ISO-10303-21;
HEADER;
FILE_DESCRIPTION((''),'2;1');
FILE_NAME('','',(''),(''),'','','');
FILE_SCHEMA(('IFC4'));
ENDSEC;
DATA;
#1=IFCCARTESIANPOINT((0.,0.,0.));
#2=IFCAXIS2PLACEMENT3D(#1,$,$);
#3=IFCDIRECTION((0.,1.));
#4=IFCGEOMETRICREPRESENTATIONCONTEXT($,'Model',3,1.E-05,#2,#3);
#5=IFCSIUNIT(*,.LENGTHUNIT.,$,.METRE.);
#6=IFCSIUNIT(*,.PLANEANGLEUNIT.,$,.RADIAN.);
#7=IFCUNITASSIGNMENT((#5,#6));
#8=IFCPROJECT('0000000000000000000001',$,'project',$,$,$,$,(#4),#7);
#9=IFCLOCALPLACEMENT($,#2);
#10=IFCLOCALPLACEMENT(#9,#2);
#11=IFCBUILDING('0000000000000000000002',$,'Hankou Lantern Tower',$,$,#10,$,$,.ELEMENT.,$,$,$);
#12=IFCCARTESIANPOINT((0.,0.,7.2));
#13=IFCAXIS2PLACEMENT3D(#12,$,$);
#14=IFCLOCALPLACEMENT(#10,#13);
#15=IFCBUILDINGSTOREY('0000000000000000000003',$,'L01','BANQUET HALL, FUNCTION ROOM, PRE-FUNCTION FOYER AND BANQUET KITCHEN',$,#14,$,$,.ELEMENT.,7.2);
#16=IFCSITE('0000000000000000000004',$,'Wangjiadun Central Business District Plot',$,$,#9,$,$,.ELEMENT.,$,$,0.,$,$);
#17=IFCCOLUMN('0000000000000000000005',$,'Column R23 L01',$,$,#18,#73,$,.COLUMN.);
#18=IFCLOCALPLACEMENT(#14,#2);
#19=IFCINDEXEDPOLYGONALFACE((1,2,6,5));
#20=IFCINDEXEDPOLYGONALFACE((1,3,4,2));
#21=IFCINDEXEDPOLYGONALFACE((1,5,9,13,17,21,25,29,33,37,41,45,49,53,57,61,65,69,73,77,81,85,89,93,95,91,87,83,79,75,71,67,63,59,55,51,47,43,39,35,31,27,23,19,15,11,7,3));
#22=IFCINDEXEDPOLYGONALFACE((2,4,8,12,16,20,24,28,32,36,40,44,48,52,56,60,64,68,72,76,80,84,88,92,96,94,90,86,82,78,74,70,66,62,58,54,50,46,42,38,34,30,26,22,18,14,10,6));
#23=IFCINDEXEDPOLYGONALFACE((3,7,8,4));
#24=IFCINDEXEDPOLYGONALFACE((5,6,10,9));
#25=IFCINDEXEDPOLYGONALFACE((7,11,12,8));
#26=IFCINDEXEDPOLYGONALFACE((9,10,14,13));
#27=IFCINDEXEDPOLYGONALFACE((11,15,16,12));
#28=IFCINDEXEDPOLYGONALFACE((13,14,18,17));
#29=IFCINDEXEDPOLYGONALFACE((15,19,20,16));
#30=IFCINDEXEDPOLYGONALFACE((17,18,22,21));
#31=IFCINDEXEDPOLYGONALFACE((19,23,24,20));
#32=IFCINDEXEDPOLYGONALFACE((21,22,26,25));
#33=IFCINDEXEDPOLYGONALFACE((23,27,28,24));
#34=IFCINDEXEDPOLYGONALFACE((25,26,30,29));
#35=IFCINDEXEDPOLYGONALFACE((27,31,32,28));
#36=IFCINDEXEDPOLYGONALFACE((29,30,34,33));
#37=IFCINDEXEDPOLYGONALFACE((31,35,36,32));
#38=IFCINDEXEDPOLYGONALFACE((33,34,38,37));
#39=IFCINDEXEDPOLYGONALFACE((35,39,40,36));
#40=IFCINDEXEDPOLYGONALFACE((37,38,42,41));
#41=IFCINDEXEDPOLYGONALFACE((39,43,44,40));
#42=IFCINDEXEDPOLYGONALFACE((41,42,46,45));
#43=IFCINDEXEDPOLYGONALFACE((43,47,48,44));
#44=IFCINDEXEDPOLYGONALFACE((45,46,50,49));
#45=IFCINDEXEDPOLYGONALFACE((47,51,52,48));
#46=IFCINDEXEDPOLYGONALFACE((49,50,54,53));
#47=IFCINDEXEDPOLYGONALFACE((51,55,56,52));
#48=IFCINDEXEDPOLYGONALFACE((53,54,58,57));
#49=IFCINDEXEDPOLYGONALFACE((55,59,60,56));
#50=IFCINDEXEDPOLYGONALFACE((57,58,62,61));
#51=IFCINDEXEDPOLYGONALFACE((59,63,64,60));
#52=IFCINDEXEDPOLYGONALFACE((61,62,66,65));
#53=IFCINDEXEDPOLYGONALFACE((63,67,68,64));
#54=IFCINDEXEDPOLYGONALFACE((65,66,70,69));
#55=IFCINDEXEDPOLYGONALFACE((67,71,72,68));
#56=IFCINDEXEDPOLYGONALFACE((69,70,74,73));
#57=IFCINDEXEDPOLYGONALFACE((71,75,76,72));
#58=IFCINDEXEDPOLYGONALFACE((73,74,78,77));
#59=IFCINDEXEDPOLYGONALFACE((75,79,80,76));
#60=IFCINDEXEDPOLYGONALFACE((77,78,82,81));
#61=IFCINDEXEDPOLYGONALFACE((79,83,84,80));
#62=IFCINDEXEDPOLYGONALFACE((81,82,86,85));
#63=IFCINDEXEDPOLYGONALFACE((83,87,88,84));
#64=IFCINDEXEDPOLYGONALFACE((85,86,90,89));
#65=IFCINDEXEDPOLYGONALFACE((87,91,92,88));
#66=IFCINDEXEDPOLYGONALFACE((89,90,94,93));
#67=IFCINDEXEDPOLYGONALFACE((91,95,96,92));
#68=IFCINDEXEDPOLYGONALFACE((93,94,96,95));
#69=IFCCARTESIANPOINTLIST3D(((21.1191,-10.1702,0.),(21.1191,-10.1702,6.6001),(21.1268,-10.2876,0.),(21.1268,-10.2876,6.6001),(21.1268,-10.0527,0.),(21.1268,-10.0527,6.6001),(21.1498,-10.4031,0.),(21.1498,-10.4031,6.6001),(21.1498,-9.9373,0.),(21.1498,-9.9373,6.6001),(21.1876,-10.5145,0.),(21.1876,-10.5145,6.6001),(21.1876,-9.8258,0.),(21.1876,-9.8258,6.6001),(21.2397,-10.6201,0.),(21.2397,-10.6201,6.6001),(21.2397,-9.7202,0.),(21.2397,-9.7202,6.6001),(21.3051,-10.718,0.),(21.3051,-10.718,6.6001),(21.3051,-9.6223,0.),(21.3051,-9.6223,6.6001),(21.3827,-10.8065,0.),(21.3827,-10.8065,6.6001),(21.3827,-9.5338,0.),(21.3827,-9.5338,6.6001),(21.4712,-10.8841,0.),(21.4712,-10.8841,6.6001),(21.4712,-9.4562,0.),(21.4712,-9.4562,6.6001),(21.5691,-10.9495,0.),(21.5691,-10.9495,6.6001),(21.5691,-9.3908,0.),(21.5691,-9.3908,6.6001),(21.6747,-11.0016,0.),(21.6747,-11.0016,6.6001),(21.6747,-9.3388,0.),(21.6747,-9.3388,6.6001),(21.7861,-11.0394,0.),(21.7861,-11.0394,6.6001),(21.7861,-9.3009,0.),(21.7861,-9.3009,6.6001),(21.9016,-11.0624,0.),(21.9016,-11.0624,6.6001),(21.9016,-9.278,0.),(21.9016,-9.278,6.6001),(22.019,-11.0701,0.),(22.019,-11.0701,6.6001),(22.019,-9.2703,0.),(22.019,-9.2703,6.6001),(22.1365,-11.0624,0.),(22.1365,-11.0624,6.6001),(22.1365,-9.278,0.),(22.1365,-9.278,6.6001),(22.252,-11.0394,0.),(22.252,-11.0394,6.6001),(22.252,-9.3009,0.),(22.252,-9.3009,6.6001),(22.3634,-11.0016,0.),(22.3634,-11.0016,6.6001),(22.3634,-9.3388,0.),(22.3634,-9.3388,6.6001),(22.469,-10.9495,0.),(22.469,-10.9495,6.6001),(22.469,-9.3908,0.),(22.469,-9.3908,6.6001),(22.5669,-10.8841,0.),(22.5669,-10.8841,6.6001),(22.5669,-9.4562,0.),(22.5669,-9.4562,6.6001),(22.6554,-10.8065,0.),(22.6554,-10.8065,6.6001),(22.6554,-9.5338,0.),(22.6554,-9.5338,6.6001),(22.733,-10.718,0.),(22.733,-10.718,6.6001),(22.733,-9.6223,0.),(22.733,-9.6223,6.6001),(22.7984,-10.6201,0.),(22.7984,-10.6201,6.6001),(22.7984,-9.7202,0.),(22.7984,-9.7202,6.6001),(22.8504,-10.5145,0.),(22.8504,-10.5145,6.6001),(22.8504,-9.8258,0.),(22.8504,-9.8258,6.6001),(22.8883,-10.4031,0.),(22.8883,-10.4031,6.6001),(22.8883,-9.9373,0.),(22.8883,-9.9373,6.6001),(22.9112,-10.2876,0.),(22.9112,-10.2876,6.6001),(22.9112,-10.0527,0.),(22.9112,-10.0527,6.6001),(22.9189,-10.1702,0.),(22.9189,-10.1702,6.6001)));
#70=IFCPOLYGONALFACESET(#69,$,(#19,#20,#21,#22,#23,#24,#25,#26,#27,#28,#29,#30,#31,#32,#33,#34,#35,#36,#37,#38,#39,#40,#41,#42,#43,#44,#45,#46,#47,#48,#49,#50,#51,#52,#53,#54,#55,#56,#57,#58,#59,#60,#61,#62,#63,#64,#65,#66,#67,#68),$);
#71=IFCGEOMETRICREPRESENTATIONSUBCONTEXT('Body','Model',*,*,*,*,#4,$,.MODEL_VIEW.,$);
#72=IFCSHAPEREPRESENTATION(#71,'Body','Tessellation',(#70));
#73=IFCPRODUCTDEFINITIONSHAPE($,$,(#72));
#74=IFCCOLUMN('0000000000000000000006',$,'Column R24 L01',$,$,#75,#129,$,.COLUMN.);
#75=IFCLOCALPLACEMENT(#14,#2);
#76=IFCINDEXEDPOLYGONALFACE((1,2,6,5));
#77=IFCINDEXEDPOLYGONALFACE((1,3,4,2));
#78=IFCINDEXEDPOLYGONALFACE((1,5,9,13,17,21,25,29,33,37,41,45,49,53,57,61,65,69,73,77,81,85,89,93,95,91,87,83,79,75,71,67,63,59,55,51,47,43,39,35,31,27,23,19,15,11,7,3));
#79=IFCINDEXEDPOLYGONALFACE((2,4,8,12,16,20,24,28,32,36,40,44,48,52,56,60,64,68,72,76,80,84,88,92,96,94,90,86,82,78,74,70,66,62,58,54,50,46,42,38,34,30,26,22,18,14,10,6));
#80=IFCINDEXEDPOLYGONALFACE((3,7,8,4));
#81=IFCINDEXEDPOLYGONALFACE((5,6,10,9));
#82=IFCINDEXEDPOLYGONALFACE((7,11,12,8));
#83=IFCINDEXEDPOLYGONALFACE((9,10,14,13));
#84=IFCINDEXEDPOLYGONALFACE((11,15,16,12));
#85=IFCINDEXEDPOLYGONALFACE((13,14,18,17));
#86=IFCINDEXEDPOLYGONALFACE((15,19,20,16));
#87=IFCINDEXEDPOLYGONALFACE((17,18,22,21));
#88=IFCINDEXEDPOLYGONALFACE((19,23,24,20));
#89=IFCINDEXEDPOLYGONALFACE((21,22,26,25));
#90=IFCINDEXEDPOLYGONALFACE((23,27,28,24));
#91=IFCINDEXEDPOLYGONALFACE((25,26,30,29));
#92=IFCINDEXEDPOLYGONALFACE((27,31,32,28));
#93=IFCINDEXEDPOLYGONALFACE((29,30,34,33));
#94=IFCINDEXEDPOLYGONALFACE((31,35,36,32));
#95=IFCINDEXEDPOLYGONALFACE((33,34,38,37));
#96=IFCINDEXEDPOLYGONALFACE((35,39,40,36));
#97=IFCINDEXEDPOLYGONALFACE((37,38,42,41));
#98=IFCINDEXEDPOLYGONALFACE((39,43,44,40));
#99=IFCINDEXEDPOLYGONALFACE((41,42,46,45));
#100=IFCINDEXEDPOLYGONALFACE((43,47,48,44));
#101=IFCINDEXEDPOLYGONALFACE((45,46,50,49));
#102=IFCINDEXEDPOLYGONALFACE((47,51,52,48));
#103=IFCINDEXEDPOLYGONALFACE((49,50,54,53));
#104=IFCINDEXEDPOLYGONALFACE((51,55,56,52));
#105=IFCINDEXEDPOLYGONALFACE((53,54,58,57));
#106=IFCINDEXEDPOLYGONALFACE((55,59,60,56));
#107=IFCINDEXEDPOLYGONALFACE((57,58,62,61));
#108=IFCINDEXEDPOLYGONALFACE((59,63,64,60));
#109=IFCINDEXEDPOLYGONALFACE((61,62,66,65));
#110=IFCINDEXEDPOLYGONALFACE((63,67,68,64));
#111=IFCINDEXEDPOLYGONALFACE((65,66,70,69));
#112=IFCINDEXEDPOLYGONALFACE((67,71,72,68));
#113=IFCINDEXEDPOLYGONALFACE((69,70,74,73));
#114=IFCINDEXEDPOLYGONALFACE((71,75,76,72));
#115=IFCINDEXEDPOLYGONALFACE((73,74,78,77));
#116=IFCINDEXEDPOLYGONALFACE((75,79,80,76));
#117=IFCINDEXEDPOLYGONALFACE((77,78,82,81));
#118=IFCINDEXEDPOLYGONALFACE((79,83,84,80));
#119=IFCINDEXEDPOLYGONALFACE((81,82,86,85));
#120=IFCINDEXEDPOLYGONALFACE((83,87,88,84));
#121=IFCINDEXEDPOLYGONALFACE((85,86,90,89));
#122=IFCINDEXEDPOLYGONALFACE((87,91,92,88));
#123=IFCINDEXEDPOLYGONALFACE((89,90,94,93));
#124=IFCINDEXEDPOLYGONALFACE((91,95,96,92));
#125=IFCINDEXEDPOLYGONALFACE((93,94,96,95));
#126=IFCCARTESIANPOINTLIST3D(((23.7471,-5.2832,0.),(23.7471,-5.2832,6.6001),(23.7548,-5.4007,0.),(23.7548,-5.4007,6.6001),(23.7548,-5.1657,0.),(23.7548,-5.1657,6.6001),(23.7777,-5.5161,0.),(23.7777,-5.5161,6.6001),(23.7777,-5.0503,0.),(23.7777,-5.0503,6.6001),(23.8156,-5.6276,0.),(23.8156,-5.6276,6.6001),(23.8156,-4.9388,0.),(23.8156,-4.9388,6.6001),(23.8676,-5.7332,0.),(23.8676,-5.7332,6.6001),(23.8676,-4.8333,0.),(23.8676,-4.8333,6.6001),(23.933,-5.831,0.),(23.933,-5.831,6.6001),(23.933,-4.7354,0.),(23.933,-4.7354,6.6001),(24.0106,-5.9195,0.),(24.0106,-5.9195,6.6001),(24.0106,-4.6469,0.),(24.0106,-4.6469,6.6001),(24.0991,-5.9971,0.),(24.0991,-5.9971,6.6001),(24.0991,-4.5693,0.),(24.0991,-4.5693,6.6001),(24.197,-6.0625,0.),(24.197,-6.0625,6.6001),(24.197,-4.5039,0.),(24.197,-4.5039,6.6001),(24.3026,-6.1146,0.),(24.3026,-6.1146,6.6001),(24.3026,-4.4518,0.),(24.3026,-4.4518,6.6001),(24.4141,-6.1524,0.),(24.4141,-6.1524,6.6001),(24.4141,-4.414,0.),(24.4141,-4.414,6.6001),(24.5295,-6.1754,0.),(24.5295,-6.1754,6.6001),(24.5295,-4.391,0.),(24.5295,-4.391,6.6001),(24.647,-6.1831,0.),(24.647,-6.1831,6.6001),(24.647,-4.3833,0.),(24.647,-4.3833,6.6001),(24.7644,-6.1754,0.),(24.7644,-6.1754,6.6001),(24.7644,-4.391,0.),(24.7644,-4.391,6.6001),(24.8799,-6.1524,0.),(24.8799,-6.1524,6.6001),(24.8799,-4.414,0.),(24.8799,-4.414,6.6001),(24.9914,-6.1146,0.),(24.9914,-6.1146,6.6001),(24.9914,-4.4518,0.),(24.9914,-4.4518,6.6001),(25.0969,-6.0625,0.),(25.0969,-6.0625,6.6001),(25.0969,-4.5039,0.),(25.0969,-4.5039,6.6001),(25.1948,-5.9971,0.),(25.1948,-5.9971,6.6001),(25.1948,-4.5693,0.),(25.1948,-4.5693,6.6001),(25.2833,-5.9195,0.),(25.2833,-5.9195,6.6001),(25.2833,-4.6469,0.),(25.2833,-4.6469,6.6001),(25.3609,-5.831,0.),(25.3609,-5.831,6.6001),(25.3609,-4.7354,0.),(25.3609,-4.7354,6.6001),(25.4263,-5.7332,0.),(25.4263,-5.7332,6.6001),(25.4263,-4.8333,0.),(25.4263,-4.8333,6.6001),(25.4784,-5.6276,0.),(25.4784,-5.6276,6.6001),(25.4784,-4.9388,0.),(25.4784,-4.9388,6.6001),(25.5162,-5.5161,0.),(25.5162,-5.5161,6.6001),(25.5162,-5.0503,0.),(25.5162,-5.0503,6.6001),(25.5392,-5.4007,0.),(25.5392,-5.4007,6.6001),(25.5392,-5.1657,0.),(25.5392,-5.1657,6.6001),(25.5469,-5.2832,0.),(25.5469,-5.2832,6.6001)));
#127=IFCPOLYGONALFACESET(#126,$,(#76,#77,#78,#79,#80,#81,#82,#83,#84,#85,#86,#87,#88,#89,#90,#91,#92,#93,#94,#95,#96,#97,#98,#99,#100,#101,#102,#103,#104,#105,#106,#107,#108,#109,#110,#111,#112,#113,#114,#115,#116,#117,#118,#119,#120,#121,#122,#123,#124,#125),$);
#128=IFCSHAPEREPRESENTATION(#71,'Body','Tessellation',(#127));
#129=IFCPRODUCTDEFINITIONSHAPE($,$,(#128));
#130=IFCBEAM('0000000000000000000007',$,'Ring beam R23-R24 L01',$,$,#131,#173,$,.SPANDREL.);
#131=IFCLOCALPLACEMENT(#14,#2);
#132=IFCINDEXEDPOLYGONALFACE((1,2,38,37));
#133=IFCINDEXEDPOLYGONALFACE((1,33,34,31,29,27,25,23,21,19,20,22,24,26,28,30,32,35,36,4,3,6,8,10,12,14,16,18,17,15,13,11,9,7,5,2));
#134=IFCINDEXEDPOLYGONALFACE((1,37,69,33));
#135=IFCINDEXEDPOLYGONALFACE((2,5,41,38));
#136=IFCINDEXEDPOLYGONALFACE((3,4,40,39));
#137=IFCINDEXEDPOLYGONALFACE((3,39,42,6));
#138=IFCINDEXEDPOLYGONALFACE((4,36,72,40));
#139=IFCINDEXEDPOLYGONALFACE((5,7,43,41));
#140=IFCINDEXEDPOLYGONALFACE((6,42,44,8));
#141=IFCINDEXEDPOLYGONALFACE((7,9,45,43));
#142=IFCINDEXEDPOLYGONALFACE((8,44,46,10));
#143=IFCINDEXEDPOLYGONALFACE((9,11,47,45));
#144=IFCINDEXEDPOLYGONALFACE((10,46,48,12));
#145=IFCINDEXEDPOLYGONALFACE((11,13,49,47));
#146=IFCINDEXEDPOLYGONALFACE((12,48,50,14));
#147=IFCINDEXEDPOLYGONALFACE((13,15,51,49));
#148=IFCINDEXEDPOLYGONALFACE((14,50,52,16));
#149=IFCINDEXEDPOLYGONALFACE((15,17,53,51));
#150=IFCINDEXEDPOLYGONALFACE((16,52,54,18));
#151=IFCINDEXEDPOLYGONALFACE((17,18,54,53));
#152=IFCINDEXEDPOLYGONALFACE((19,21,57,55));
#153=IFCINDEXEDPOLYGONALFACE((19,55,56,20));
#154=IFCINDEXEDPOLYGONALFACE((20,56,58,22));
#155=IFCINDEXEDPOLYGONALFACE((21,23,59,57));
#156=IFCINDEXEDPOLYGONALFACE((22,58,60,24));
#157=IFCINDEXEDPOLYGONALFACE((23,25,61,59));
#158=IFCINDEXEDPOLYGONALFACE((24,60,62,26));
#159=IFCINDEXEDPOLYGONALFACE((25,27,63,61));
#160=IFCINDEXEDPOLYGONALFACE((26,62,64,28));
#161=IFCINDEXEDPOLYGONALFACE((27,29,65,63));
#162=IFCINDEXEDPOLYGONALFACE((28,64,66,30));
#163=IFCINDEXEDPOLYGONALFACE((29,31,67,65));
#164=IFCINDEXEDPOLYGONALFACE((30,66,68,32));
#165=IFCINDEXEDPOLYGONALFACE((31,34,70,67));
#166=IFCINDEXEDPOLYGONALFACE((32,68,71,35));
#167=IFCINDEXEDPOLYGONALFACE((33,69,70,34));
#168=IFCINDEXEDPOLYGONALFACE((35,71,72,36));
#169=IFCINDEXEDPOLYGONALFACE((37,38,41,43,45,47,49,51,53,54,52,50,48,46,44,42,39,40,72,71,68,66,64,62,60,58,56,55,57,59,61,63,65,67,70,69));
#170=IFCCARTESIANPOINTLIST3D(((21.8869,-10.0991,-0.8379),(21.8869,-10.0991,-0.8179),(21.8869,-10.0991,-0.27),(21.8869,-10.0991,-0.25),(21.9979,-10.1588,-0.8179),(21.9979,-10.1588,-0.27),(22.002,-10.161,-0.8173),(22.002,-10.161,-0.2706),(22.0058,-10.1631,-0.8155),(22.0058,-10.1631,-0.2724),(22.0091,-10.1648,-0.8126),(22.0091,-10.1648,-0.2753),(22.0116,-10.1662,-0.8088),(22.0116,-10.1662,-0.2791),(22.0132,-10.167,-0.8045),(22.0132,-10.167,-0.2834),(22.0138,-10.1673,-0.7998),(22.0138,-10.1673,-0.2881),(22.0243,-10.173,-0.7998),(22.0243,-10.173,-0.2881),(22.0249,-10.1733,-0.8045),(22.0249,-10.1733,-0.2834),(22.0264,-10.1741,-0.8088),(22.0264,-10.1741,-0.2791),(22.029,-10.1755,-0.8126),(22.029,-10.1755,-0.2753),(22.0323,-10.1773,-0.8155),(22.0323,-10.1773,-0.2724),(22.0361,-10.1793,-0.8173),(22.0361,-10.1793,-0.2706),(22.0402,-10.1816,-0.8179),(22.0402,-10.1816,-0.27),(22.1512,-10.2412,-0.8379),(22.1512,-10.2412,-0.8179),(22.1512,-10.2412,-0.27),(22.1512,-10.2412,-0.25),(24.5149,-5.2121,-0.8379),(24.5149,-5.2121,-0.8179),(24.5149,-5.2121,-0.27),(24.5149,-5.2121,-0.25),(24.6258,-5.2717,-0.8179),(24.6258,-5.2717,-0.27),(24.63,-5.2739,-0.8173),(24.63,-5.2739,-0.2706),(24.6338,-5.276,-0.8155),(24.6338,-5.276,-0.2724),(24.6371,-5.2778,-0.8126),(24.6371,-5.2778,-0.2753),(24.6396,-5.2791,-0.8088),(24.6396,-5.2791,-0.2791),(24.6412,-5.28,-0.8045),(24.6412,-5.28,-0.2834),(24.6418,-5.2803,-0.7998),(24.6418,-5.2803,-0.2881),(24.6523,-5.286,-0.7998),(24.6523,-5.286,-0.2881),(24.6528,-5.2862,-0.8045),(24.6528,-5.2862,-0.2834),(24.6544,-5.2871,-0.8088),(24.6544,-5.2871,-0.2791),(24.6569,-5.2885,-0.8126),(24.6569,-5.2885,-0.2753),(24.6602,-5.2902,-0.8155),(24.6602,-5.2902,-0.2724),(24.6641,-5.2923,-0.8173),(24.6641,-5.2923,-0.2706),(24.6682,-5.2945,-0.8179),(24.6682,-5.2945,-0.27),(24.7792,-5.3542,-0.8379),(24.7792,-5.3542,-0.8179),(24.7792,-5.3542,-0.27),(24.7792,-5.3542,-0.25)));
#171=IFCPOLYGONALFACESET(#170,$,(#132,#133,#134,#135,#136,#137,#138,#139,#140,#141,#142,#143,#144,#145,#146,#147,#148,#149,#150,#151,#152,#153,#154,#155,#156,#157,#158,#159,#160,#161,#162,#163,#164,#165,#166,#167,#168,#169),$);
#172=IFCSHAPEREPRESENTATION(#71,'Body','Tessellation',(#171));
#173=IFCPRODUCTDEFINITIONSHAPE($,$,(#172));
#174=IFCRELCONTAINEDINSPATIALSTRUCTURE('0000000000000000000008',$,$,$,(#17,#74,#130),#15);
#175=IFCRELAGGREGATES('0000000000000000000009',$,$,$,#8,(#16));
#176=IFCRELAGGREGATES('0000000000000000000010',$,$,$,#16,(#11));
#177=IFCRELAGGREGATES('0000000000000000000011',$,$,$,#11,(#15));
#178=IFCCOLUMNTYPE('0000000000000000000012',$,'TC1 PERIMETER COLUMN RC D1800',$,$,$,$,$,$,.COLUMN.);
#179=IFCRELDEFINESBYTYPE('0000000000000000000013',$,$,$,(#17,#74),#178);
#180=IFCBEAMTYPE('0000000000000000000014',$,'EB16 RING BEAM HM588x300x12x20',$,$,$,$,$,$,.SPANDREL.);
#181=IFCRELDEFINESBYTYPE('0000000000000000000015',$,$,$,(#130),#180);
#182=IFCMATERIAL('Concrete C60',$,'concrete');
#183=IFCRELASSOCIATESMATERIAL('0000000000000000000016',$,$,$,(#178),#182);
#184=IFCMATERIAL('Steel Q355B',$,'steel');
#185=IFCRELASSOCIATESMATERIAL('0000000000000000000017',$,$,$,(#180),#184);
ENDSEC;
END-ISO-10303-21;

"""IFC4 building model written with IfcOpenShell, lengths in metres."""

from ifc_helpers import new_model, si_unit, direction, frame, origin, origin_2d, place, context, subcontext, project, spatial, circle, i_section, extrude, material, material_profile, profile_set, type_object, element, save


model = new_model("IFC4")

# Units and contexts
model_context = context("Model", 3, precision=1e-05, world=origin(), true_north=direction((0.0, 1.0)))
body_context = subcontext(model_context, "Body", "Model", "MODEL_VIEW")
ifc_project = project(units=[si_unit("LENGTHUNIT", "METRE"), si_unit("PLANEANGLEUNIT", "RADIAN")], contexts=[model_context])

# Site, building, storey
site_placement = place(None, origin())
site = spatial("IfcSite", under=ifc_project, at=site_placement, Name="Wangjiadun Central Business District Plot", CompositionType="ELEMENT", RefElevation=0.0)
building_placement = place(site_placement, origin())
building = spatial("IfcBuilding", under=site, at=building_placement, Name="Hankou Lantern Tower", CompositionType="ELEMENT")
storey_placement = place(building_placement, frame((0.0, 0.0, 7.2)))
storey = spatial("IfcBuildingStorey", under=building, at=storey_placement, Name="L01", Description="BANQUET HALL, FUNCTION ROOM, PRE-FUNCTION FOYER AND BANQUET KITCHEN", CompositionType="ELEMENT", Elevation=7.2)

# Columns
ifc_material_1 = material(Name="Concrete C60", Category="concrete")
ifc_material_profile_1 = material_profile(ifc_material_1, circle(Radius=0.8999, at=origin_2d()), Name="RC D1800")
ifc_profile_set_1 = profile_set([ifc_material_profile_1], Name="Concrete C60")
column_type = type_object("IfcColumnType", Name="TC1 PERIMETER COLUMN RC D1800", PredefinedType="COLUMN", material=ifc_profile_set_1)
for number, where, z_axis, x_axis, name in (
    (1, (22.019, -10.1702, 0.0), (0.0, 0.0, 1.0), (1.0, 0.0, 0.0), "Column R23 L01"),
    (2, (24.647, -5.2832, 0.0), (0.0, 0.0, 1.0), (1.0, 0.0, 0.0), "Column R24 L01"),
):
    element("IfcColumn", number, at=place(storey_placement, frame(where, z_axis=z_axis, x_axis=x_axis)), inside=storey, type_object=column_type, Name=name, PredefinedType="COLUMN", context=body_context, shape_type="SweptSolid", body=[
        extrude(circle(Radius=0.8999, at=origin_2d()), origin(), (0.0, 0.0, 1.0), 6.6001),
    ])

# Beam
ifc_material_2 = material(Name="Steel Q355B", Category="steel")
ifc_material_profile_2 = material_profile(ifc_material_2, i_section(OverallWidth=0.3, OverallDepth=0.5879, WebThickness=0.012, FlangeThickness=0.02, FilletRadius=0.0181, at=origin_2d()), Name="HM588x300x12x20")
ifc_profile_set_2 = profile_set([ifc_material_profile_2], Name="Steel Q355B")
beam_type_1 = type_object("IfcBeamType", Name="EB16 RING BEAM HM588x300x12x20", PredefinedType="SPANDREL", material=ifc_profile_set_2)
beam_1_placement = place(storey_placement, frame((22.019, -10.1702, -0.5439), z_axis=(0.473609, 0.880735, 0.0), x_axis=(-0.880735, 0.473609, 0.0)))
element("IfcBeam", 3, at=beam_1_placement, inside=storey, type_object=beam_type_1, Name="Ring beam R23-R24 L01", PredefinedType="SPANDREL", context=body_context, shape_type="SweptSolid", body=[
    extrude(i_section(OverallWidth=0.3, OverallDepth=0.5879, WebThickness=0.012, FlangeThickness=0.02, FilletRadius=0.0181, at=origin_2d()), origin(), (0.0, 0.0, 1.0), 5.5488),
])

save(model, "model.ifc")
